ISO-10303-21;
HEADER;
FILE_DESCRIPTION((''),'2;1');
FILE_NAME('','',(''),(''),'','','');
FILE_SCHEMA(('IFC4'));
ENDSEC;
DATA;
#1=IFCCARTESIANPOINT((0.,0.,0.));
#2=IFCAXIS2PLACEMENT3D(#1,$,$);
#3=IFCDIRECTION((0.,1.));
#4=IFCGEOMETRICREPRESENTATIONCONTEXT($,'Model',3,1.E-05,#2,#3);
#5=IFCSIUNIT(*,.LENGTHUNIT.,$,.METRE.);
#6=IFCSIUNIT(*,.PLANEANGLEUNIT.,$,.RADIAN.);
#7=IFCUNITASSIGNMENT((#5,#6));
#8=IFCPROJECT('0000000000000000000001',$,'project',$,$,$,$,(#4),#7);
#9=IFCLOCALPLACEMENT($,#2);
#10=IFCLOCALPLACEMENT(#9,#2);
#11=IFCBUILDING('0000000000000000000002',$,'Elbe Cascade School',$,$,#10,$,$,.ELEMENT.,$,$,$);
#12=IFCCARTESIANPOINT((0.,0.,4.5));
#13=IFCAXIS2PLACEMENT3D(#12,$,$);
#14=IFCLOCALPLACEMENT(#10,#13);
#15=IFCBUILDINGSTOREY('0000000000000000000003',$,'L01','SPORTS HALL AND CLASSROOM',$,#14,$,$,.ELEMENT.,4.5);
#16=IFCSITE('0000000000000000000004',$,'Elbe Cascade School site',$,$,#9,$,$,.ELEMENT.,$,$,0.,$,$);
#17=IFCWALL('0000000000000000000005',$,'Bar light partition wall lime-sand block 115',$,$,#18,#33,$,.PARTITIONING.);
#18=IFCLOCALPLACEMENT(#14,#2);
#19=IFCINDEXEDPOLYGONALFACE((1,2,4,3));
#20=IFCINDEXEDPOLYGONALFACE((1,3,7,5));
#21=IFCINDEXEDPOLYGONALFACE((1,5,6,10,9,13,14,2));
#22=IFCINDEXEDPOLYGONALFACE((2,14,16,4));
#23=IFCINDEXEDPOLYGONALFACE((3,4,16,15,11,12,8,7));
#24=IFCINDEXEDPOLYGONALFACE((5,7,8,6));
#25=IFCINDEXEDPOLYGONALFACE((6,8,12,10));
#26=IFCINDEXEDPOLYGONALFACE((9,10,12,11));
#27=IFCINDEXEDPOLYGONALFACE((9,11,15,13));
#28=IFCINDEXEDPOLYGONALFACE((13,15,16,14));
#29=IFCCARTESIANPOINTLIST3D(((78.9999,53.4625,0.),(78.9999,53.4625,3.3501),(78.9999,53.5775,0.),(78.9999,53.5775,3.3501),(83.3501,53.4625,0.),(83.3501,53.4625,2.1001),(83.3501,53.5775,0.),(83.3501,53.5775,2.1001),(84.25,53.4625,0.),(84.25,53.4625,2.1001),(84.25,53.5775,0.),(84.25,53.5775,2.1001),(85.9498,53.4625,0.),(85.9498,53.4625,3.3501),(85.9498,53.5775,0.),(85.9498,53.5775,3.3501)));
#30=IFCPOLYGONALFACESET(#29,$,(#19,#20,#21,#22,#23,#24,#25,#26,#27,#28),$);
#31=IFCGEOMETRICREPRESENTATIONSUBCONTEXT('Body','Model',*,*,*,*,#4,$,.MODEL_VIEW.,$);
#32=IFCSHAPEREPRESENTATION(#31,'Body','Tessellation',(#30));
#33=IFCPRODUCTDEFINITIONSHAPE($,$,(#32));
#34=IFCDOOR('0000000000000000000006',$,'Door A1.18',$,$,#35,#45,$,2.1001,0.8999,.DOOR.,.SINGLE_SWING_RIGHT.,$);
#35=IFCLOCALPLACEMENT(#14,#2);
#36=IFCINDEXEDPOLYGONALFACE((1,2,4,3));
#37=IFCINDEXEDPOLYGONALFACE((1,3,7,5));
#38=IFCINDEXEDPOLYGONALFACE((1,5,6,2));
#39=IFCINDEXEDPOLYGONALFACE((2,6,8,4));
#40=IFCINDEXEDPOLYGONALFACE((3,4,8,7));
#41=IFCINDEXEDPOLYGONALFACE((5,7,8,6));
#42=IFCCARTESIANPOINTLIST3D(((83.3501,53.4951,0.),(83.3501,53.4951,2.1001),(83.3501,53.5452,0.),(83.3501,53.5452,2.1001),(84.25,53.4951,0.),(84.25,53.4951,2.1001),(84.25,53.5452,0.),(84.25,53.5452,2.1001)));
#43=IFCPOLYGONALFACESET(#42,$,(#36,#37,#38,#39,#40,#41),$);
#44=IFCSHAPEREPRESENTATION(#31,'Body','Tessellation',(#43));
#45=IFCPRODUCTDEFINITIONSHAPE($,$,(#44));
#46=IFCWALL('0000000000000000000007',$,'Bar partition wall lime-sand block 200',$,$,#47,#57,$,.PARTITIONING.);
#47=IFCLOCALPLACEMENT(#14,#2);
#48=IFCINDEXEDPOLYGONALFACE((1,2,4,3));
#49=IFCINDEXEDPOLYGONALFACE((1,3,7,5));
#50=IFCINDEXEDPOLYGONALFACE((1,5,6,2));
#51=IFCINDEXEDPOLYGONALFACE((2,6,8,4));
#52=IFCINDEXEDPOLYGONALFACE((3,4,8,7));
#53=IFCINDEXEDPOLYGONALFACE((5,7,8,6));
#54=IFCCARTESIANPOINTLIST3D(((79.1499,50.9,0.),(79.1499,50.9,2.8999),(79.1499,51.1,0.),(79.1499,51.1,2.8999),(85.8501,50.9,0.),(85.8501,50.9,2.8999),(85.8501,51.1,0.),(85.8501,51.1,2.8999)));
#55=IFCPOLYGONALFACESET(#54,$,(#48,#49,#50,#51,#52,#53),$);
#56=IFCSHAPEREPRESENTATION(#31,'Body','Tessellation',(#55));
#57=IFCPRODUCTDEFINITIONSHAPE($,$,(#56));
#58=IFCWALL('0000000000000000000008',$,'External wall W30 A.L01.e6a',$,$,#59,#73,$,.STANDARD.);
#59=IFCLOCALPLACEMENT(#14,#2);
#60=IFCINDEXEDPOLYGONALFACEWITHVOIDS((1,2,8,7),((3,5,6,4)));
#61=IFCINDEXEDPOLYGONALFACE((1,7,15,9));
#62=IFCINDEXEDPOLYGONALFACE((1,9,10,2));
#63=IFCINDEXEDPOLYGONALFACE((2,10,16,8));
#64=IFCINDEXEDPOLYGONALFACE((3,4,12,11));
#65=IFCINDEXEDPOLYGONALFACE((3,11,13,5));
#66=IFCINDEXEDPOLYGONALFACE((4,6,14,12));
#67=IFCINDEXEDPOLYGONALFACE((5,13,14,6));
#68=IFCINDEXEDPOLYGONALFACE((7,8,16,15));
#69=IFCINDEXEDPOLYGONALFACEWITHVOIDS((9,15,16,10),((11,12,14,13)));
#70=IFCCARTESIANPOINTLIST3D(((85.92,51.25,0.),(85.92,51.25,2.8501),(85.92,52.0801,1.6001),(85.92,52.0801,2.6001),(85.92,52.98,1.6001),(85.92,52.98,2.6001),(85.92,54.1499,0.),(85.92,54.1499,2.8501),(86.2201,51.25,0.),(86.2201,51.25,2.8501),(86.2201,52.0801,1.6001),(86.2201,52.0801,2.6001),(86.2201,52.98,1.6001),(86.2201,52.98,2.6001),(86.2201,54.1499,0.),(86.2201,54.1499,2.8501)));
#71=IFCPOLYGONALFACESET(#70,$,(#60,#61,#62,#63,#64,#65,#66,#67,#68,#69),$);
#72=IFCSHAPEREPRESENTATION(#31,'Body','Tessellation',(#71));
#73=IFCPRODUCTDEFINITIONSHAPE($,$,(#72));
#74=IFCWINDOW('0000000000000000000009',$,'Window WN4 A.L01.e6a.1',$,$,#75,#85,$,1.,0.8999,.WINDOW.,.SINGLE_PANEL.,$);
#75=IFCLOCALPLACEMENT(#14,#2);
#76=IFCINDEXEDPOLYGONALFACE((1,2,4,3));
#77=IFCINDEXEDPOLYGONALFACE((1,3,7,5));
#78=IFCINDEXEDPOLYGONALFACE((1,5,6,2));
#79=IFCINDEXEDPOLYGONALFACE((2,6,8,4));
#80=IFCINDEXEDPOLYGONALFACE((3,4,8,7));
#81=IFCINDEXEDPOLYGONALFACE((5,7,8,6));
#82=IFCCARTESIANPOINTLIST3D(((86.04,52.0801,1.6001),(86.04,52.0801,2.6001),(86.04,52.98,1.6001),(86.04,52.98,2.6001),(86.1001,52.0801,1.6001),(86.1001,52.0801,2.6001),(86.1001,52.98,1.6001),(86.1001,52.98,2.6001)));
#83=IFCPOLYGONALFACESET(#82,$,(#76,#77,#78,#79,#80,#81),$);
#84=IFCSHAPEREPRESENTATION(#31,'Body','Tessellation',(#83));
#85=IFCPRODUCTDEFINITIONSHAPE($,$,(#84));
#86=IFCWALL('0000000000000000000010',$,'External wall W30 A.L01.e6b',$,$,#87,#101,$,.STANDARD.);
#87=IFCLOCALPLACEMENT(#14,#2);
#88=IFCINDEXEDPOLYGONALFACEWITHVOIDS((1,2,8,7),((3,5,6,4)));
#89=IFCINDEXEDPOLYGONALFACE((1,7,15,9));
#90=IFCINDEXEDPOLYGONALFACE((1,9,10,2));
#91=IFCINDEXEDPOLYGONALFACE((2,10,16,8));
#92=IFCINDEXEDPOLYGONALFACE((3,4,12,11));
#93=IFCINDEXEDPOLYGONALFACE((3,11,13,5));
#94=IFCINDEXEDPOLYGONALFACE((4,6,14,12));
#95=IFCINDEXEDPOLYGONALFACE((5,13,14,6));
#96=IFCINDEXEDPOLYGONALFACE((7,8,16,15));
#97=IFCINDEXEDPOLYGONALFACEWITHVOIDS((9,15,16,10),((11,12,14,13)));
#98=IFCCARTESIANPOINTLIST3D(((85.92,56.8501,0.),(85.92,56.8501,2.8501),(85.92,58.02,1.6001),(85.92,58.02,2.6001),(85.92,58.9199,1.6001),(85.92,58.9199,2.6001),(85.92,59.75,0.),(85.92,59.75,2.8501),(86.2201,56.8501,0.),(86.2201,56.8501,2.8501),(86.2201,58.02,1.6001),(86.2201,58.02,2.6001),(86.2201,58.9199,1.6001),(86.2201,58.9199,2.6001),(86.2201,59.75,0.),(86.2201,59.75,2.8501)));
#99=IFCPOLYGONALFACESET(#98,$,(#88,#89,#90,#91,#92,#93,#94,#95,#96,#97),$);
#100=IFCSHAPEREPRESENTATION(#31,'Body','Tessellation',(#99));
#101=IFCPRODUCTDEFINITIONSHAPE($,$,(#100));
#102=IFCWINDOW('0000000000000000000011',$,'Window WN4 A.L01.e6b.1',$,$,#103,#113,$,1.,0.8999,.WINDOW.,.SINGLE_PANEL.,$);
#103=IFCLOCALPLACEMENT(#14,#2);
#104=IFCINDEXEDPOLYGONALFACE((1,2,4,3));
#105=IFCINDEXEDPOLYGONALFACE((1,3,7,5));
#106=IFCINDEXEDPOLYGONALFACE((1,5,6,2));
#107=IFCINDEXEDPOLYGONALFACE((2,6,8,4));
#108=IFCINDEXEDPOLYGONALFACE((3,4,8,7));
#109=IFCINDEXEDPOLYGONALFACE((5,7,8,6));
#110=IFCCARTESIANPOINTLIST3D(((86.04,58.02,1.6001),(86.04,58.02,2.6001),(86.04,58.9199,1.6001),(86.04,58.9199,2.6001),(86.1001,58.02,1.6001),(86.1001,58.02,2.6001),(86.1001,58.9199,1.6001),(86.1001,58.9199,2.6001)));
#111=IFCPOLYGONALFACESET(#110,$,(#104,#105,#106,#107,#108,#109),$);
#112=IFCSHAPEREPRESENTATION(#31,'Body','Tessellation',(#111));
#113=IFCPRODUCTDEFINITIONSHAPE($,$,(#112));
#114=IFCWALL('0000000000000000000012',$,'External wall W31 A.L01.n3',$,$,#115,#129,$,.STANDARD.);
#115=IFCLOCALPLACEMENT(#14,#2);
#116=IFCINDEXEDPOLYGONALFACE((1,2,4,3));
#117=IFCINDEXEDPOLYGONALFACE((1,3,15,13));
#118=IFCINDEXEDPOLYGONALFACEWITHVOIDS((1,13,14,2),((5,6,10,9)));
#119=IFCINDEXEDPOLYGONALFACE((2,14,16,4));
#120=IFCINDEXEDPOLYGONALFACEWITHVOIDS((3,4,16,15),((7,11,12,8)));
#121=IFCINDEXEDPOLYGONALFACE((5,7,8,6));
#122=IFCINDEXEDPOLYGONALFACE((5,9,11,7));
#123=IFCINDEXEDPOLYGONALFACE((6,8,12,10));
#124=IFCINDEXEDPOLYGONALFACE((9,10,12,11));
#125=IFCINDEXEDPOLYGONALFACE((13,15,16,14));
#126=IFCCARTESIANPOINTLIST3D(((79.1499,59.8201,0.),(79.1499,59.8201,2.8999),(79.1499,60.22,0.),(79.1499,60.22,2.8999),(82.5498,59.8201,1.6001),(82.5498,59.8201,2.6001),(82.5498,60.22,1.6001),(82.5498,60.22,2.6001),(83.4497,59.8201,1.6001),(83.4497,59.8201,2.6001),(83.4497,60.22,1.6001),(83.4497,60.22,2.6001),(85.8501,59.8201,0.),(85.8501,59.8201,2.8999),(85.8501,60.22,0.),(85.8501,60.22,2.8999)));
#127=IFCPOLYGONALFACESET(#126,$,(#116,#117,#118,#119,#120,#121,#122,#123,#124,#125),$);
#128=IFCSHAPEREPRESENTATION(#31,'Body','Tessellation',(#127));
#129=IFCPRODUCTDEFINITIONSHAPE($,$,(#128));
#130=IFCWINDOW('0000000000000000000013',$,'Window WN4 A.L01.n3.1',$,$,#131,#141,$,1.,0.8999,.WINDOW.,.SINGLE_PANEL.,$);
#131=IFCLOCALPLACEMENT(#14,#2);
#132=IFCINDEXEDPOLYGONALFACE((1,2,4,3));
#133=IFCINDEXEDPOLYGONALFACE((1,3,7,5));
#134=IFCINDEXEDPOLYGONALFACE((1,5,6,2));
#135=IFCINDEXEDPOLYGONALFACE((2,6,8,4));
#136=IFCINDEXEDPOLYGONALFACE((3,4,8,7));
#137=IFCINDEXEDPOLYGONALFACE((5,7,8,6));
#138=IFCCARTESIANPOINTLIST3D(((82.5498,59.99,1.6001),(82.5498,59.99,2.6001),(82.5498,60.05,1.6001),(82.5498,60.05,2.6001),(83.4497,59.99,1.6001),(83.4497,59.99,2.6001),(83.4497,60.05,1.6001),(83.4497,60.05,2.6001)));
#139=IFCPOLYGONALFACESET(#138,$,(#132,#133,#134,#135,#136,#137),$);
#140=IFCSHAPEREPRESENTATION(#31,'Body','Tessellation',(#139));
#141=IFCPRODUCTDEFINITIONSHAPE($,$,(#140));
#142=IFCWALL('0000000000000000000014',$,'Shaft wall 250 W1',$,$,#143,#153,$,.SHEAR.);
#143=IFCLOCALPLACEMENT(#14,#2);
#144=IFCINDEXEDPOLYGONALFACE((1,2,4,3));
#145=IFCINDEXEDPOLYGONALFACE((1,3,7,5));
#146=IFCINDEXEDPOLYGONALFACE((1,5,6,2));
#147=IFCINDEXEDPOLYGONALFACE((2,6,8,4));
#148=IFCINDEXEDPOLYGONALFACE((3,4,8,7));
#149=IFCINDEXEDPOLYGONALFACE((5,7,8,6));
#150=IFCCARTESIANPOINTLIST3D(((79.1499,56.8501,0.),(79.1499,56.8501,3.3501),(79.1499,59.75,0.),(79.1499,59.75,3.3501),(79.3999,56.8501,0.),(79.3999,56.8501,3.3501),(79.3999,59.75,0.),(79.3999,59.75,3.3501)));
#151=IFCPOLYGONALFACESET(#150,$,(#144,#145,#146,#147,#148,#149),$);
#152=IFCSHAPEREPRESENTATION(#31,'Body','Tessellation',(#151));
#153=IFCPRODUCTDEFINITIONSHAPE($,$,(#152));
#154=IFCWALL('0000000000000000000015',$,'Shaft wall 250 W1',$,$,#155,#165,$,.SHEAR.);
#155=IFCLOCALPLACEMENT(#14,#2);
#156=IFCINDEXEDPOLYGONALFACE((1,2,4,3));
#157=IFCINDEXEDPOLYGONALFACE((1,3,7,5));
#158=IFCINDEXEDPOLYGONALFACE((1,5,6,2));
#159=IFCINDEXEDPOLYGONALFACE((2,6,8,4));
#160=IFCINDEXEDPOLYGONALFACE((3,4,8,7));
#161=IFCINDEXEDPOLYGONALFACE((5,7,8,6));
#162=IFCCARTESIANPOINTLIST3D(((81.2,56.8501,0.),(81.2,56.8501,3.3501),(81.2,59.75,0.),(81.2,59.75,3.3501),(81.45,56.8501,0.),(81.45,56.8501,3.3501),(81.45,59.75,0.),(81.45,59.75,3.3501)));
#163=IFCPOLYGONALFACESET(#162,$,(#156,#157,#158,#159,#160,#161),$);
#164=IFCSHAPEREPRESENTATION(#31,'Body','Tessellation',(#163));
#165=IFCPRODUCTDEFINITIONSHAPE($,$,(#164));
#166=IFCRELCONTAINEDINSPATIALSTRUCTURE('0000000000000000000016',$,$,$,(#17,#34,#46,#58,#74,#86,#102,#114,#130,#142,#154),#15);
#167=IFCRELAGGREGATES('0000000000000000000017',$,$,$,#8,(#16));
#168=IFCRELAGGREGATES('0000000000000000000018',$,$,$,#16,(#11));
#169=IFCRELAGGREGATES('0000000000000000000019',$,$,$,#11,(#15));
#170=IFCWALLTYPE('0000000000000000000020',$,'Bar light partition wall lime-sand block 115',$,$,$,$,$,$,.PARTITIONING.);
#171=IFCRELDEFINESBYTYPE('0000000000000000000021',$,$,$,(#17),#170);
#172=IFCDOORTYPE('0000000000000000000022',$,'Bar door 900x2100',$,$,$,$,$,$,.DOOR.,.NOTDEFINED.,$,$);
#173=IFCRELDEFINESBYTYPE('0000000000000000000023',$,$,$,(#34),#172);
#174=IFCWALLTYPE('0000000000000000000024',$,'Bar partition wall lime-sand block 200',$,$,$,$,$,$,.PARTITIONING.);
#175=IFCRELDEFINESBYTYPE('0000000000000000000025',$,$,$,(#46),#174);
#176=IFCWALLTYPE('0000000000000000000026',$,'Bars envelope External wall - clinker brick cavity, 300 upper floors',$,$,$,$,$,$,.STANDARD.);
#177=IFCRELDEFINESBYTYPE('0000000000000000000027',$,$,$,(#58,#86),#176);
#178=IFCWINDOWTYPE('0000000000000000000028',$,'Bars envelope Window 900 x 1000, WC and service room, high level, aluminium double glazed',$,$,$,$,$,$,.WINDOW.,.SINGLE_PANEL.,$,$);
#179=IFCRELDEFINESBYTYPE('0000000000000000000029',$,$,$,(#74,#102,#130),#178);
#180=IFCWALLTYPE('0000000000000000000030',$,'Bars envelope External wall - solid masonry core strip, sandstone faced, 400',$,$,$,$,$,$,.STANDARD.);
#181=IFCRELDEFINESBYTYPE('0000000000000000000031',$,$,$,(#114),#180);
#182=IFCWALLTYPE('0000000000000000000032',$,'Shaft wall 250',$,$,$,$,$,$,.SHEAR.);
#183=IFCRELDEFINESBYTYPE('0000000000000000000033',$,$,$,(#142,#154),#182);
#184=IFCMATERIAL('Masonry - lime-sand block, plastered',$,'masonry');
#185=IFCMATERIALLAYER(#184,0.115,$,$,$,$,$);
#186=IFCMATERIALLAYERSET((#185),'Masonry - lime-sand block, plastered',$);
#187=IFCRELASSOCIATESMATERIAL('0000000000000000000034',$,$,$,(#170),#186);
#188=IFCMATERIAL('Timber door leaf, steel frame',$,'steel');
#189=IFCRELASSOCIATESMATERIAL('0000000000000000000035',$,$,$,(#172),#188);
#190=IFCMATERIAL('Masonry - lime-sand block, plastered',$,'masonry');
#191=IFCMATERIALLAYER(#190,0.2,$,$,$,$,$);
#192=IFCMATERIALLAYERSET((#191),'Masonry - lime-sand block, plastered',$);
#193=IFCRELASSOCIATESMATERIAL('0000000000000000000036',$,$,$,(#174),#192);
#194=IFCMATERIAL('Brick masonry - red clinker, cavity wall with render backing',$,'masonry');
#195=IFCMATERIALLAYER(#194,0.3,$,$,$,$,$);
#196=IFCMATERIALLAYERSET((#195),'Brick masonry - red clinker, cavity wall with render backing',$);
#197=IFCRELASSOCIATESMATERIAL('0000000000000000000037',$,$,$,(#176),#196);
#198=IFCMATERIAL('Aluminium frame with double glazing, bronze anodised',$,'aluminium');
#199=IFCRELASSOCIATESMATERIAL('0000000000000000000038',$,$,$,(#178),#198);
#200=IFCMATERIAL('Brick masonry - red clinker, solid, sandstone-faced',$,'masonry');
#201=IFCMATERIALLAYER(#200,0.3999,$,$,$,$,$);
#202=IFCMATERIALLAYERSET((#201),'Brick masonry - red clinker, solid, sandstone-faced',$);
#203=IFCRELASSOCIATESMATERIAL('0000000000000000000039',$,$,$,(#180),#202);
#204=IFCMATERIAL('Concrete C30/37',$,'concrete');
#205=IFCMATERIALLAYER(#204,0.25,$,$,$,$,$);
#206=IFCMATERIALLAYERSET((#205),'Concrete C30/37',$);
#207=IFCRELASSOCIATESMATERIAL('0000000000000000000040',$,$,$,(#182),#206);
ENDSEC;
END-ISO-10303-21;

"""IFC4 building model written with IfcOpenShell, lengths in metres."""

from ifc_helpers import new_model, si_unit, direction, frame, frame_2d, origin, place, context, subcontext, project, spatial, rectangle, extrude, material, layer, layer_set, type_object, element, fill, save


model = new_model("IFC4")

# Units and contexts
model_context = context("Model", 3, precision=1e-05, world=origin(), true_north=direction((0.0, 1.0)))
body_context = subcontext(model_context, "Body", "Model", "MODEL_VIEW")
ifc_project = project(units=[si_unit("LENGTHUNIT", "METRE"), si_unit("PLANEANGLEUNIT", "RADIAN")], contexts=[model_context])

# Site, building, storey
site_placement = place(None, origin())
site = spatial("IfcSite", under=ifc_project, at=site_placement, Name="Elbe Cascade School site", CompositionType="ELEMENT", RefElevation=0.0)
building_placement = place(site_placement, origin())
building = spatial("IfcBuilding", under=site, at=building_placement, Name="Elbe Cascade School", CompositionType="ELEMENT")
storey_placement = place(building_placement, frame((0.0, 0.0, 4.5)))
storey = spatial("IfcBuildingStorey", under=building, at=storey_placement, Name="L01", Description="SPORTS HALL AND CLASSROOM", CompositionType="ELEMENT", Elevation=4.5)

# Wall, opening, door
ifc_material_1 = material(Name="Masonry - lime-sand block, plastered", Category="masonry")
ifc_layer_1 = layer(ifc_material_1, 0.115)
ifc_layer_set_1 = layer_set([ifc_layer_1], Name="Masonry - lime-sand block, plastered")
wall_type_1 = type_object("IfcWallType", Name="Bar light partition wall lime-sand block 115", PredefinedType="PARTITIONING", material=ifc_layer_set_1)
ifc_material_2 = material(Name="Timber door leaf, steel frame", Category="steel")
door_type_1 = type_object("IfcDoorType", Name="Bar door 900x2100", OperationType="NOTDEFINED", PredefinedType="DOOR", material=ifc_material_2)
wall_1_placement = place(storey_placement, frame((85.95, 53.52, 0.0), z_axis=(0.0, 0.0, 1.0), x_axis=(-1.0, 0.0, 0.0)))
wall_1 = element("IfcWall", 1, at=wall_1_placement, inside=storey, type_object=wall_type_1, Name="Bar light partition wall lime-sand block 115", PredefinedType="PARTITIONING", context=body_context, shape_type="SweptSolid", body=[
    extrude(rectangle(XDim=6.95, YDim=0.115, at=frame_2d((3.4751, 0.0))), origin(), (0.0, 0.0, 1.0), 3.3501),
])
opening_1_placement = place(wall_1_placement, frame((1.7, 0.0, 0.0)))
opening_1 = element("IfcOpeningElement", 2, at=opening_1_placement, cuts=wall_1, PredefinedType="OPENING", context=body_context, shape_type="SweptSolid", body=[
    extrude(rectangle(XDim=0.8999, YDim=2.1001, at=frame_2d((0.45, 1.05))), frame((0.0, 0.0674, 0.0), z_axis=(0.0, -1.0, 0.0), x_axis=(1.0, 0.0, 0.0)), (0.0, 0.0, 1.0), 0.135),
])
door_1_placement = place(opening_1_placement, origin())
door_1 = element("IfcDoor", 3, at=door_1_placement, inside=storey, type_object=door_type_1, Name="Door A1.18", OperationType="SINGLE_SWING_RIGHT", OverallHeight=2.1001, OverallWidth=0.8999, PredefinedType="DOOR", context=body_context, shape_type="SweptSolid", body=[
    extrude(rectangle(XDim=0.8999, YDim=2.1001, at=frame_2d((0.45, 1.05))), frame((0.0, 0.0249, 0.0), z_axis=(0.0, -1.0, 0.0), x_axis=(1.0, 0.0, 0.0)), (0.0, 0.0, 1.0), 0.05),
])
fill(opening_1, door_1)

# Wall
ifc_material_3 = material(Name="Masonry - lime-sand block, plastered", Category="masonry")
ifc_layer_2 = layer(ifc_material_3, 0.2)
ifc_layer_set_2 = layer_set([ifc_layer_2], Name="Masonry - lime-sand block, plastered")
wall_type_2 = type_object("IfcWallType", Name="Bar partition wall lime-sand block 200", PredefinedType="PARTITIONING", material=ifc_layer_set_2)
wall_2_placement = place(storey_placement, frame((79.1499, 51.0, 0.0), z_axis=(0.0, 0.0, 1.0), x_axis=(1.0, 0.0, 0.0)))
element("IfcWall", 4, at=wall_2_placement, inside=storey, type_object=wall_type_2, Name="Bar partition wall lime-sand block 200", PredefinedType="PARTITIONING", context=body_context, shape_type="SweptSolid", body=[
    extrude(rectangle(XDim=6.7002, YDim=0.2, at=frame_2d((3.3501, 0.0))), origin(), (0.0, 0.0, 1.0), 2.8999),
])

# Walls, openings, windows
ifc_material_4 = material(Name="Brick masonry - red clinker, cavity wall with render backing", Category="masonry")
ifc_layer_3 = layer(ifc_material_4, 0.3)
ifc_layer_set_3 = layer_set([ifc_layer_3], Name="Brick masonry - red clinker, cavity wall with render backing")
wall_type_3 = type_object("IfcWallType", Name="Bars envelope External wall - clinker brick cavity, 300 upper floors", PredefinedType="STANDARD", material=ifc_layer_set_3)
wall_3_placement = place(storey_placement, frame((86.0701, 54.1499, 0.0), z_axis=(0.0, 0.0, 1.0), x_axis=(0.0, -1.0, 0.0)))
wall_3 = element("IfcWall", 5, at=wall_3_placement, inside=storey, type_object=wall_type_3, Name="External wall W30 A.L01.e6a", PredefinedType="STANDARD", context=body_context, shape_type="SweptSolid", body=[
    extrude(rectangle(XDim=2.8999, YDim=0.3, at=frame_2d((1.45, 0.0))), origin(), (0.0, 0.0, 1.0), 2.8501),
])
opening_2_placement = place(wall_3_placement, frame((1.1699, 0.0, 1.6001)))
opening_2 = element("IfcOpeningElement", 6, at=opening_2_placement, cuts=wall_3, PredefinedType="OPENING", context=body_context, shape_type="SweptSolid", body=[
    extrude(rectangle(XDim=0.8999, YDim=1.0, at=frame_2d((0.45, 0.5))), frame((0.0, 0.1599, 0.0), z_axis=(0.0, -1.0, 0.0), x_axis=(1.0, 0.0, 0.0)), (0.0, 0.0, 1.0), 0.3201),
])
ifc_material_5 = material(Name="Aluminium frame with double glazing, bronze anodised", Category="aluminium")
window_type = type_object("IfcWindowType", Name="Bars envelope Window 900 x 1000, WC and service room, high level, aluminium double glazed", PartitioningType="SINGLE_PANEL", PredefinedType="WINDOW", material=ifc_material_5)
window_1_placement = place(opening_2_placement, origin())
window_1 = element("IfcWindow", 7, at=window_1_placement, inside=storey, type_object=window_type, Name="Window WN4 A.L01.e6a.1", OverallHeight=1.0, OverallWidth=0.8999, PartitioningType="SINGLE_PANEL", PredefinedType="WINDOW", context=body_context, shape_type="SweptSolid", body=[
    extrude(rectangle(XDim=0.8999, YDim=1.0, at=frame_2d((0.45, 0.5))), frame((0.0, 0.03, 0.0), z_axis=(0.0, -1.0, 0.0), x_axis=(1.0, 0.0, 0.0)), (0.0, 0.0, 1.0), 0.0601),
])
fill(opening_2, window_1)
wall_4_placement = place(storey_placement, frame((86.0701, 59.75, 0.0), z_axis=(0.0, 0.0, 1.0), x_axis=(0.0, -1.0, 0.0)))
wall_4 = element("IfcWall", 8, at=wall_4_placement, inside=storey, type_object=wall_type_3, Name="External wall W30 A.L01.e6b", PredefinedType="STANDARD", context=body_context, shape_type="SweptSolid", body=[
    extrude(rectangle(XDim=2.8999, YDim=0.3, at=frame_2d((1.45, 0.0))), origin(), (0.0, 0.0, 1.0), 2.8501),
])
opening_3_placement = place(wall_4_placement, frame((0.8301, 0.0, 1.6001)))
opening_3 = element("IfcOpeningElement", 9, at=opening_3_placement, cuts=wall_4, PredefinedType="OPENING", context=body_context, shape_type="SweptSolid", body=[
    extrude(rectangle(XDim=0.8999, YDim=1.0, at=frame_2d((0.45, 0.5))), frame((0.0, 0.1599, 0.0), z_axis=(0.0, -1.0, 0.0), x_axis=(1.0, 0.0, 0.0)), (0.0, 0.0, 1.0), 0.3201),
])
window_2_placement = place(opening_3_placement, origin())
window_2 = element("IfcWindow", 10, at=window_2_placement, inside=storey, type_object=window_type, Name="Window WN4 A.L01.e6b.1", OverallHeight=1.0, OverallWidth=0.8999, PartitioningType="SINGLE_PANEL", PredefinedType="WINDOW", context=body_context, shape_type="SweptSolid", body=[
    extrude(rectangle(XDim=0.8999, YDim=1.0, at=frame_2d((0.45, 0.5))), frame((0.0, 0.03, 0.0), z_axis=(0.0, -1.0, 0.0), x_axis=(1.0, 0.0, 0.0)), (0.0, 0.0, 1.0), 0.0601),
])
fill(opening_3, window_2)
ifc_material_6 = material(Name="Brick masonry - red clinker, solid, sandstone-faced", Category="masonry")
ifc_layer_4 = layer(ifc_material_6, 0.3999)
ifc_layer_set_4 = layer_set([ifc_layer_4], Name="Brick masonry - red clinker, solid, sandstone-faced")
wall_type_4 = type_object("IfcWallType", Name="Bars envelope External wall - solid masonry core strip, sandstone faced, 400", PredefinedType="STANDARD", material=ifc_layer_set_4)
wall_5_placement = place(storey_placement, frame((79.1499, 60.02, 0.0), z_axis=(0.0, 0.0, 1.0), x_axis=(1.0, 0.0, 0.0)))
wall_5 = element("IfcWall", 11, at=wall_5_placement, inside=storey, type_object=wall_type_4, Name="External wall W31 A.L01.n3", PredefinedType="STANDARD", context=body_context, shape_type="SweptSolid", body=[
    extrude(rectangle(XDim=6.7002, YDim=0.3999, at=frame_2d((3.3501, 0.0))), origin(), (0.0, 0.0, 1.0), 2.8999),
])
opening_4_placement = place(wall_5_placement, frame((3.3999, 0.0, 1.6001)))
opening_4 = element("IfcOpeningElement", 12, at=opening_4_placement, cuts=wall_5, PredefinedType="OPENING", context=body_context, shape_type="SweptSolid", body=[
    extrude(rectangle(XDim=0.8999, YDim=1.0, at=frame_2d((0.45, 0.5))), frame((0.0, 0.21, 0.0), z_axis=(0.0, -1.0, 0.0), x_axis=(1.0, 0.0, 0.0)), (0.0, 0.0, 1.0), 0.4199),
])
window_3_placement = place(opening_4_placement, origin())
window_3 = element("IfcWindow", 13, at=window_3_placement, inside=storey, type_object=window_type, Name="Window WN4 A.L01.n3.1", OverallHeight=1.0, OverallWidth=0.8999, PartitioningType="SINGLE_PANEL", PredefinedType="WINDOW", context=body_context, shape_type="SweptSolid", body=[
    extrude(rectangle(XDim=0.8999, YDim=1.0, at=frame_2d((0.45, 0.5))), frame((0.0, 0.03, 0.0), z_axis=(0.0, -1.0, 0.0), x_axis=(1.0, 0.0, 0.0)), (0.0, 0.0, 1.0), 0.0601),
])
fill(opening_4, window_3)

# Walls
ifc_material_7 = material(Name="Concrete C30/37", Category="concrete")
ifc_layer_5 = layer(ifc_material_7, 0.25)
ifc_layer_set_5 = layer_set([ifc_layer_5], Name="Concrete C30/37")
wall_type_5 = type_object("IfcWallType", Name="Shaft wall 250", PredefinedType="SHEAR", material=ifc_layer_set_5)
for number, where, z_axis, x_axis, name in (
    (14, (79.2749, 56.8501, 0.0), (0.0, 0.0, 1.0), (0.0, 1.0, 0.0), "Shaft wall 250 W1"),
    (15, (81.325, 56.8501, 0.0), (0.0, 0.0, 1.0), (0.0, 1.0, 0.0), "Shaft wall 250 W1"),
):
    element("IfcWall", number, at=place(storey_placement, frame(where, z_axis=z_axis, x_axis=x_axis)), inside=storey, type_object=wall_type_5, Name=name, PredefinedType="SHEAR", context=body_context, shape_type="SweptSolid", body=[
        extrude(rectangle(XDim=2.8999, YDim=0.25, at=frame_2d((1.45, 0.0))), origin(), (0.0, 0.0, 1.0), 3.3501),
    ])

save(model, "model.ifc")
